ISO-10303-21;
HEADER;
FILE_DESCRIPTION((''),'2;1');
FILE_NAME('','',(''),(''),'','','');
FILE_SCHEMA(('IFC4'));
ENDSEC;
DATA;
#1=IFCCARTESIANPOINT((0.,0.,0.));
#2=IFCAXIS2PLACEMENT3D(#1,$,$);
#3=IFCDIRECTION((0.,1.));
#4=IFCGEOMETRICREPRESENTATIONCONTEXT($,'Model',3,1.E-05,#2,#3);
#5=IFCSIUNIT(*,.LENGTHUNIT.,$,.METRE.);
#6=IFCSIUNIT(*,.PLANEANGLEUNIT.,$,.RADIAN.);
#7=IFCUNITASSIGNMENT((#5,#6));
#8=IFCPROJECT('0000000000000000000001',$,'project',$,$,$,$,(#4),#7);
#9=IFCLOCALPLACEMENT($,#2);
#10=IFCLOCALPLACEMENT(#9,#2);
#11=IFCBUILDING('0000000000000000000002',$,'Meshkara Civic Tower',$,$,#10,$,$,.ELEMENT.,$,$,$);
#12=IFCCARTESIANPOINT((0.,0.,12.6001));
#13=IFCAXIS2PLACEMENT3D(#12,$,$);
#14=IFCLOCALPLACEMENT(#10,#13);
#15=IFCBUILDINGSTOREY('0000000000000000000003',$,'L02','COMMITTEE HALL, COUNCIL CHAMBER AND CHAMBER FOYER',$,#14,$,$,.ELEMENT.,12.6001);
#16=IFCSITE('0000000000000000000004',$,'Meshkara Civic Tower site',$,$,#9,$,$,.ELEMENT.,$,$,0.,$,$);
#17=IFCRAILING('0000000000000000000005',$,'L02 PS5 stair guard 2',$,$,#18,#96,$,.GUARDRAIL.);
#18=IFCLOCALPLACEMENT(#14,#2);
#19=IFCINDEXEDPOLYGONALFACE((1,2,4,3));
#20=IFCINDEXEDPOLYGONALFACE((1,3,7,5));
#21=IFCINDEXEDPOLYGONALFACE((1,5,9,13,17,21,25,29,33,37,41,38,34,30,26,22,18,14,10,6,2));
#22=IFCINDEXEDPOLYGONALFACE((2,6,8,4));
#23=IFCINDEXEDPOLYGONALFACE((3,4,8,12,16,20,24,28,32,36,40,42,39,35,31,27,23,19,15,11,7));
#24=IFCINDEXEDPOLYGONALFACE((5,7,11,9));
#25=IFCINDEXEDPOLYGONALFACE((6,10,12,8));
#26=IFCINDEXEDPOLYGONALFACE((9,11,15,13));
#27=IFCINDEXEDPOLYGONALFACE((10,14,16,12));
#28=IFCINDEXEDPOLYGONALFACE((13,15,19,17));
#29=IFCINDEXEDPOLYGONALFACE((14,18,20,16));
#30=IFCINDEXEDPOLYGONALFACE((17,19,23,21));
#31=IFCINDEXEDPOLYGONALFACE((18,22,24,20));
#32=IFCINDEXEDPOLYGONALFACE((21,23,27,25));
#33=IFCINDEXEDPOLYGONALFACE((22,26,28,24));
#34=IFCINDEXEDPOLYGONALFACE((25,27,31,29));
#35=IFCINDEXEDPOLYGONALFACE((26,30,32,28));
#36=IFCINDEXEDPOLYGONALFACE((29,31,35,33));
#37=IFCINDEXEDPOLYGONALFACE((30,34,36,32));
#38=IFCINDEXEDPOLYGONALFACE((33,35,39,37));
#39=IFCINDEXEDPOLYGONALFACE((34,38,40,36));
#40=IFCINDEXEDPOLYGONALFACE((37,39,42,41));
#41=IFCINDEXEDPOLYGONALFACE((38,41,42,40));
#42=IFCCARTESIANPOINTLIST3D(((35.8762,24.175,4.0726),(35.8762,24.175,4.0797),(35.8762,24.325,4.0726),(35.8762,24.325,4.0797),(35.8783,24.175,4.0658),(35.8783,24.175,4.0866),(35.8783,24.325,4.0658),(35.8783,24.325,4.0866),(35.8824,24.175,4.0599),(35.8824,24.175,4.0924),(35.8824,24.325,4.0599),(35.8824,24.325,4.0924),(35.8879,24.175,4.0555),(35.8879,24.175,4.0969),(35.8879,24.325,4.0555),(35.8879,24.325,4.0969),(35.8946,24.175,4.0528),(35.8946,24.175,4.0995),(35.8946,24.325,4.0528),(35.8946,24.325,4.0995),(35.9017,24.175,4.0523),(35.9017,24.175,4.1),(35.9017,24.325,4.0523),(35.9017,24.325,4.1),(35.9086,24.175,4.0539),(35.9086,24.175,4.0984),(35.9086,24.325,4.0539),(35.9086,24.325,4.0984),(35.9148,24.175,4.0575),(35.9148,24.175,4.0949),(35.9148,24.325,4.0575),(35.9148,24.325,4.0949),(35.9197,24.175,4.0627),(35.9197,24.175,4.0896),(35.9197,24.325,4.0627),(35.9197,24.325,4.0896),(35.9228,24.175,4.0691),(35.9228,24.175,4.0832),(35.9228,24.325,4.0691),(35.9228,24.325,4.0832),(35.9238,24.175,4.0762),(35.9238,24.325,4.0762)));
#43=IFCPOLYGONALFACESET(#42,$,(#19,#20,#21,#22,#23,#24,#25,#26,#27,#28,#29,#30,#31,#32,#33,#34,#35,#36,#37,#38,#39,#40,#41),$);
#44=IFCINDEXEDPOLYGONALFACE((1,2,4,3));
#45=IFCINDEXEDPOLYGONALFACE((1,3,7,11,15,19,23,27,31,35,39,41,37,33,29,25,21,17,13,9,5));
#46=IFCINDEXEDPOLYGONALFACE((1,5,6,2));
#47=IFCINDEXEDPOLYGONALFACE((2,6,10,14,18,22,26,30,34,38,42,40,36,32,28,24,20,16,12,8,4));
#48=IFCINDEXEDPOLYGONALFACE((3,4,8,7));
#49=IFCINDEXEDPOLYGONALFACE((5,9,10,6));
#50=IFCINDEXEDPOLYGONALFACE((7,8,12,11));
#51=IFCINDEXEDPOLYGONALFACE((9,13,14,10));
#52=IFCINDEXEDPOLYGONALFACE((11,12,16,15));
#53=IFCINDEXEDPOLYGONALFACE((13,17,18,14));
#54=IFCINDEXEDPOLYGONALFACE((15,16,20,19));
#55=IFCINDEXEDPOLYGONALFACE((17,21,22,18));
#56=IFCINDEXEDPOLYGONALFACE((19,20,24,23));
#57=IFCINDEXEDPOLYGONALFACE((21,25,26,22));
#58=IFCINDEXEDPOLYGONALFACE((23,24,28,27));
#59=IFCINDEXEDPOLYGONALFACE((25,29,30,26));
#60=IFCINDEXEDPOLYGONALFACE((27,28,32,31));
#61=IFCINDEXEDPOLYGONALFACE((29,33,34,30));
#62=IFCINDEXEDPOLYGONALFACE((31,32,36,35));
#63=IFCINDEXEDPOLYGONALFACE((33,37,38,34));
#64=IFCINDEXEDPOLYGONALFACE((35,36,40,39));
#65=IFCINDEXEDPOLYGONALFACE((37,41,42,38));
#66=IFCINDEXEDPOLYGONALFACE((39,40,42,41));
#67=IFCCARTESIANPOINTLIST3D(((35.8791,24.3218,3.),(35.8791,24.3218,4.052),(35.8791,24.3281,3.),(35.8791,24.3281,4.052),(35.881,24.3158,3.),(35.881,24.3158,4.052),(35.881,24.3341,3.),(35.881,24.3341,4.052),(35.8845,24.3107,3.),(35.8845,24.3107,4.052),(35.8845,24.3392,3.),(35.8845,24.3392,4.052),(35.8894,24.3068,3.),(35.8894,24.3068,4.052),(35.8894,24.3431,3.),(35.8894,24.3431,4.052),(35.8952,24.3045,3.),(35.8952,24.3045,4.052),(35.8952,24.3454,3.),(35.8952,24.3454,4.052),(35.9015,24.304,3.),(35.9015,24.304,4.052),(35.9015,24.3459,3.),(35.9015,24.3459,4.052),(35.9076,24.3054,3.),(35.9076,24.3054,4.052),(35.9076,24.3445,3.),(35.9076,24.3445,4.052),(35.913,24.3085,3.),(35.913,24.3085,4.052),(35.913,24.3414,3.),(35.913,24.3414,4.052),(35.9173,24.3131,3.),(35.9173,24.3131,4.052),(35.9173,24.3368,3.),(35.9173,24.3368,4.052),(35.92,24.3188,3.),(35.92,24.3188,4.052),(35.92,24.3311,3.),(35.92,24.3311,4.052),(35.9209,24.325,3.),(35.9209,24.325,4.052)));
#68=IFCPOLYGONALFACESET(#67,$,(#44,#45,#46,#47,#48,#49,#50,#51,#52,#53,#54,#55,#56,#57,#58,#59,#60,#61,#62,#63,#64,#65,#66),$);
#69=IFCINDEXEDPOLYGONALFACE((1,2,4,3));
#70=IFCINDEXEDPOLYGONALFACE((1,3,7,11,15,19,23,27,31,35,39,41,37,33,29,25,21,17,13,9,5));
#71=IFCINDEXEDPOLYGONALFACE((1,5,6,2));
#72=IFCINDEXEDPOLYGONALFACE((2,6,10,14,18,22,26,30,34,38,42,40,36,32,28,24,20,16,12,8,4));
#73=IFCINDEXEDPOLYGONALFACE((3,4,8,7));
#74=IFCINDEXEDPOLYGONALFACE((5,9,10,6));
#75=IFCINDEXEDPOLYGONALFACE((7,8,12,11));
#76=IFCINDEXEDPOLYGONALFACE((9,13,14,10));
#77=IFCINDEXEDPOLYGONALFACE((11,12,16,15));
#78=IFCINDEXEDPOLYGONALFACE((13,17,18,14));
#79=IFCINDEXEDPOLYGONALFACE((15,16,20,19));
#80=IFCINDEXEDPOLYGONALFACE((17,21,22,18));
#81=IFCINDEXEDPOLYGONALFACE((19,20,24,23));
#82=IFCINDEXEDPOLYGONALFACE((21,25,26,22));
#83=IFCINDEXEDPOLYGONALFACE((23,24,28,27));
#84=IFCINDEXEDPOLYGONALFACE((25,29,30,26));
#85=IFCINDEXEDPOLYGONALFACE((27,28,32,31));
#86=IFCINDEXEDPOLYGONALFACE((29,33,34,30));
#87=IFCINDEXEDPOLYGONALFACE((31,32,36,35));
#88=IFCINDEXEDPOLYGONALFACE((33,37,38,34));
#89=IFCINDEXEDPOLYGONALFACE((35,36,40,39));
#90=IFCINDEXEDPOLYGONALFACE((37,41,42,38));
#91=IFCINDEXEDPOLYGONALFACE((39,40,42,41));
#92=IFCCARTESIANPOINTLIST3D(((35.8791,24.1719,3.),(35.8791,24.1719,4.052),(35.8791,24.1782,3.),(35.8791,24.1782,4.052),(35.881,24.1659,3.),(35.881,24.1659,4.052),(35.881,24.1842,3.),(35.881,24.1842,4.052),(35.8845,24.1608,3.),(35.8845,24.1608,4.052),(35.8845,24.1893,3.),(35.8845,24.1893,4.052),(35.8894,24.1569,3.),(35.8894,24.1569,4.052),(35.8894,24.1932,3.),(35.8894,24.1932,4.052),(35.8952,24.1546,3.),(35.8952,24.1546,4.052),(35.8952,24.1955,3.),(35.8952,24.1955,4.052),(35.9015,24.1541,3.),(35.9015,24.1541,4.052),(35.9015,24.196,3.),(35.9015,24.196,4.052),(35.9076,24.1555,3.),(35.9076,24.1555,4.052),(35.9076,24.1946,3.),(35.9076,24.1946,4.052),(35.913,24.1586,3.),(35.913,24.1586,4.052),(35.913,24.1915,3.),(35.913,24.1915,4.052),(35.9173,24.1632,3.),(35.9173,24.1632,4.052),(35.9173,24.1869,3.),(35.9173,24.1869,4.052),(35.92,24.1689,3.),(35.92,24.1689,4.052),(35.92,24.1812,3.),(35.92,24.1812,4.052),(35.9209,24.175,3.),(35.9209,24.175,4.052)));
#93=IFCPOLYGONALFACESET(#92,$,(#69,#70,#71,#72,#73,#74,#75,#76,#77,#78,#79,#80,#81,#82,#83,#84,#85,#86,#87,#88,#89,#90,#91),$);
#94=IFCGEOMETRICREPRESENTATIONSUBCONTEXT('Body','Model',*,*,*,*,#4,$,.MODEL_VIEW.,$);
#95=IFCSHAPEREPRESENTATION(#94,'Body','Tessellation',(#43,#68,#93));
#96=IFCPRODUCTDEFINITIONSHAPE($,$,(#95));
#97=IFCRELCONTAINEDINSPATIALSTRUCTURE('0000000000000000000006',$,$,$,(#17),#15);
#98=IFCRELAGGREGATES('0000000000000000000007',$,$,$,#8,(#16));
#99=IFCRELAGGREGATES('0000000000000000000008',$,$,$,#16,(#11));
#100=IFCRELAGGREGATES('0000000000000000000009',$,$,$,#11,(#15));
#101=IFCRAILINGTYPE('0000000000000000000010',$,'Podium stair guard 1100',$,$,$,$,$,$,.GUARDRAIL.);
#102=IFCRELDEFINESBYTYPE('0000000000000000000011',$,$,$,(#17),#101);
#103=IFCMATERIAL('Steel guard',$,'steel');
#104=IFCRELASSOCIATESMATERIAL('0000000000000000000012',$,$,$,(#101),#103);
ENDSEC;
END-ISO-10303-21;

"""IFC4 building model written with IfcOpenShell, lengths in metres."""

from ifc_helpers import new_model, si_unit, direction, frame, origin, origin_2d, place, context, subcontext, project, spatial, circle, extrude, material, type_object, element, save


model = new_model("IFC4")

# Units and contexts
model_context = context("Model", 3, precision=1e-05, world=origin(), true_north=direction((0.0, 1.0)))
body_context = subcontext(model_context, "Body", "Model", "MODEL_VIEW")
ifc_project = project(units=[si_unit("LENGTHUNIT", "METRE"), si_unit("PLANEANGLEUNIT", "RADIAN")], contexts=[model_context])

# Site, building, storey
site_placement = place(None, origin())
site = spatial("IfcSite", under=ifc_project, at=site_placement, Name="Meshkara Civic Tower site", CompositionType="ELEMENT", RefElevation=0.0)
building_placement = place(site_placement, origin())
building = spatial("IfcBuilding", under=site, at=building_placement, Name="Meshkara Civic Tower", CompositionType="ELEMENT")
storey_placement = place(building_placement, frame((0.0, 0.0, 12.6001)))
storey = spatial("IfcBuildingStorey", under=building, at=storey_placement, Name="L02", Description="COMMITTEE HALL, COUNCIL CHAMBER AND CHAMBER FOYER", CompositionType="ELEMENT", Elevation=12.6001)

# Railing
ifc_material_1 = material(Name="Steel guard", Category="steel")
railing_type_1 = type_object("IfcRailingType", Name="Podium stair guard 1100", PredefinedType="GUARDRAIL", material=ifc_material_1)
railing_1_placement = place(storey_placement, frame((35.8999, 24.325, 3.0)))
element("IfcRailing", 1, at=railing_1_placement, inside=storey, type_object=railing_type_1, Name="L02 PS5 stair guard 2", PredefinedType="GUARDRAIL", context=body_context, shape_type="SweptSolid", body=[
    extrude(circle(Radius=0.0239, at=origin_2d()), frame((0.0, 0.0, 1.0762), z_axis=(0.0, -1.0, 0.0), x_axis=(1.0, 0.0, 0.0)), (0.0, 0.0, 1.0), 0.1499),
    extrude(circle(Radius=0.021, at=origin_2d()), origin(), (0.0, 0.0, 1.0), 1.052),
    extrude(circle(Radius=0.021, at=origin_2d()), frame((0.0, -0.1499, 0.0)), (0.0, 0.0, 1.0), 1.052),
])

save(model, "model.ifc")
